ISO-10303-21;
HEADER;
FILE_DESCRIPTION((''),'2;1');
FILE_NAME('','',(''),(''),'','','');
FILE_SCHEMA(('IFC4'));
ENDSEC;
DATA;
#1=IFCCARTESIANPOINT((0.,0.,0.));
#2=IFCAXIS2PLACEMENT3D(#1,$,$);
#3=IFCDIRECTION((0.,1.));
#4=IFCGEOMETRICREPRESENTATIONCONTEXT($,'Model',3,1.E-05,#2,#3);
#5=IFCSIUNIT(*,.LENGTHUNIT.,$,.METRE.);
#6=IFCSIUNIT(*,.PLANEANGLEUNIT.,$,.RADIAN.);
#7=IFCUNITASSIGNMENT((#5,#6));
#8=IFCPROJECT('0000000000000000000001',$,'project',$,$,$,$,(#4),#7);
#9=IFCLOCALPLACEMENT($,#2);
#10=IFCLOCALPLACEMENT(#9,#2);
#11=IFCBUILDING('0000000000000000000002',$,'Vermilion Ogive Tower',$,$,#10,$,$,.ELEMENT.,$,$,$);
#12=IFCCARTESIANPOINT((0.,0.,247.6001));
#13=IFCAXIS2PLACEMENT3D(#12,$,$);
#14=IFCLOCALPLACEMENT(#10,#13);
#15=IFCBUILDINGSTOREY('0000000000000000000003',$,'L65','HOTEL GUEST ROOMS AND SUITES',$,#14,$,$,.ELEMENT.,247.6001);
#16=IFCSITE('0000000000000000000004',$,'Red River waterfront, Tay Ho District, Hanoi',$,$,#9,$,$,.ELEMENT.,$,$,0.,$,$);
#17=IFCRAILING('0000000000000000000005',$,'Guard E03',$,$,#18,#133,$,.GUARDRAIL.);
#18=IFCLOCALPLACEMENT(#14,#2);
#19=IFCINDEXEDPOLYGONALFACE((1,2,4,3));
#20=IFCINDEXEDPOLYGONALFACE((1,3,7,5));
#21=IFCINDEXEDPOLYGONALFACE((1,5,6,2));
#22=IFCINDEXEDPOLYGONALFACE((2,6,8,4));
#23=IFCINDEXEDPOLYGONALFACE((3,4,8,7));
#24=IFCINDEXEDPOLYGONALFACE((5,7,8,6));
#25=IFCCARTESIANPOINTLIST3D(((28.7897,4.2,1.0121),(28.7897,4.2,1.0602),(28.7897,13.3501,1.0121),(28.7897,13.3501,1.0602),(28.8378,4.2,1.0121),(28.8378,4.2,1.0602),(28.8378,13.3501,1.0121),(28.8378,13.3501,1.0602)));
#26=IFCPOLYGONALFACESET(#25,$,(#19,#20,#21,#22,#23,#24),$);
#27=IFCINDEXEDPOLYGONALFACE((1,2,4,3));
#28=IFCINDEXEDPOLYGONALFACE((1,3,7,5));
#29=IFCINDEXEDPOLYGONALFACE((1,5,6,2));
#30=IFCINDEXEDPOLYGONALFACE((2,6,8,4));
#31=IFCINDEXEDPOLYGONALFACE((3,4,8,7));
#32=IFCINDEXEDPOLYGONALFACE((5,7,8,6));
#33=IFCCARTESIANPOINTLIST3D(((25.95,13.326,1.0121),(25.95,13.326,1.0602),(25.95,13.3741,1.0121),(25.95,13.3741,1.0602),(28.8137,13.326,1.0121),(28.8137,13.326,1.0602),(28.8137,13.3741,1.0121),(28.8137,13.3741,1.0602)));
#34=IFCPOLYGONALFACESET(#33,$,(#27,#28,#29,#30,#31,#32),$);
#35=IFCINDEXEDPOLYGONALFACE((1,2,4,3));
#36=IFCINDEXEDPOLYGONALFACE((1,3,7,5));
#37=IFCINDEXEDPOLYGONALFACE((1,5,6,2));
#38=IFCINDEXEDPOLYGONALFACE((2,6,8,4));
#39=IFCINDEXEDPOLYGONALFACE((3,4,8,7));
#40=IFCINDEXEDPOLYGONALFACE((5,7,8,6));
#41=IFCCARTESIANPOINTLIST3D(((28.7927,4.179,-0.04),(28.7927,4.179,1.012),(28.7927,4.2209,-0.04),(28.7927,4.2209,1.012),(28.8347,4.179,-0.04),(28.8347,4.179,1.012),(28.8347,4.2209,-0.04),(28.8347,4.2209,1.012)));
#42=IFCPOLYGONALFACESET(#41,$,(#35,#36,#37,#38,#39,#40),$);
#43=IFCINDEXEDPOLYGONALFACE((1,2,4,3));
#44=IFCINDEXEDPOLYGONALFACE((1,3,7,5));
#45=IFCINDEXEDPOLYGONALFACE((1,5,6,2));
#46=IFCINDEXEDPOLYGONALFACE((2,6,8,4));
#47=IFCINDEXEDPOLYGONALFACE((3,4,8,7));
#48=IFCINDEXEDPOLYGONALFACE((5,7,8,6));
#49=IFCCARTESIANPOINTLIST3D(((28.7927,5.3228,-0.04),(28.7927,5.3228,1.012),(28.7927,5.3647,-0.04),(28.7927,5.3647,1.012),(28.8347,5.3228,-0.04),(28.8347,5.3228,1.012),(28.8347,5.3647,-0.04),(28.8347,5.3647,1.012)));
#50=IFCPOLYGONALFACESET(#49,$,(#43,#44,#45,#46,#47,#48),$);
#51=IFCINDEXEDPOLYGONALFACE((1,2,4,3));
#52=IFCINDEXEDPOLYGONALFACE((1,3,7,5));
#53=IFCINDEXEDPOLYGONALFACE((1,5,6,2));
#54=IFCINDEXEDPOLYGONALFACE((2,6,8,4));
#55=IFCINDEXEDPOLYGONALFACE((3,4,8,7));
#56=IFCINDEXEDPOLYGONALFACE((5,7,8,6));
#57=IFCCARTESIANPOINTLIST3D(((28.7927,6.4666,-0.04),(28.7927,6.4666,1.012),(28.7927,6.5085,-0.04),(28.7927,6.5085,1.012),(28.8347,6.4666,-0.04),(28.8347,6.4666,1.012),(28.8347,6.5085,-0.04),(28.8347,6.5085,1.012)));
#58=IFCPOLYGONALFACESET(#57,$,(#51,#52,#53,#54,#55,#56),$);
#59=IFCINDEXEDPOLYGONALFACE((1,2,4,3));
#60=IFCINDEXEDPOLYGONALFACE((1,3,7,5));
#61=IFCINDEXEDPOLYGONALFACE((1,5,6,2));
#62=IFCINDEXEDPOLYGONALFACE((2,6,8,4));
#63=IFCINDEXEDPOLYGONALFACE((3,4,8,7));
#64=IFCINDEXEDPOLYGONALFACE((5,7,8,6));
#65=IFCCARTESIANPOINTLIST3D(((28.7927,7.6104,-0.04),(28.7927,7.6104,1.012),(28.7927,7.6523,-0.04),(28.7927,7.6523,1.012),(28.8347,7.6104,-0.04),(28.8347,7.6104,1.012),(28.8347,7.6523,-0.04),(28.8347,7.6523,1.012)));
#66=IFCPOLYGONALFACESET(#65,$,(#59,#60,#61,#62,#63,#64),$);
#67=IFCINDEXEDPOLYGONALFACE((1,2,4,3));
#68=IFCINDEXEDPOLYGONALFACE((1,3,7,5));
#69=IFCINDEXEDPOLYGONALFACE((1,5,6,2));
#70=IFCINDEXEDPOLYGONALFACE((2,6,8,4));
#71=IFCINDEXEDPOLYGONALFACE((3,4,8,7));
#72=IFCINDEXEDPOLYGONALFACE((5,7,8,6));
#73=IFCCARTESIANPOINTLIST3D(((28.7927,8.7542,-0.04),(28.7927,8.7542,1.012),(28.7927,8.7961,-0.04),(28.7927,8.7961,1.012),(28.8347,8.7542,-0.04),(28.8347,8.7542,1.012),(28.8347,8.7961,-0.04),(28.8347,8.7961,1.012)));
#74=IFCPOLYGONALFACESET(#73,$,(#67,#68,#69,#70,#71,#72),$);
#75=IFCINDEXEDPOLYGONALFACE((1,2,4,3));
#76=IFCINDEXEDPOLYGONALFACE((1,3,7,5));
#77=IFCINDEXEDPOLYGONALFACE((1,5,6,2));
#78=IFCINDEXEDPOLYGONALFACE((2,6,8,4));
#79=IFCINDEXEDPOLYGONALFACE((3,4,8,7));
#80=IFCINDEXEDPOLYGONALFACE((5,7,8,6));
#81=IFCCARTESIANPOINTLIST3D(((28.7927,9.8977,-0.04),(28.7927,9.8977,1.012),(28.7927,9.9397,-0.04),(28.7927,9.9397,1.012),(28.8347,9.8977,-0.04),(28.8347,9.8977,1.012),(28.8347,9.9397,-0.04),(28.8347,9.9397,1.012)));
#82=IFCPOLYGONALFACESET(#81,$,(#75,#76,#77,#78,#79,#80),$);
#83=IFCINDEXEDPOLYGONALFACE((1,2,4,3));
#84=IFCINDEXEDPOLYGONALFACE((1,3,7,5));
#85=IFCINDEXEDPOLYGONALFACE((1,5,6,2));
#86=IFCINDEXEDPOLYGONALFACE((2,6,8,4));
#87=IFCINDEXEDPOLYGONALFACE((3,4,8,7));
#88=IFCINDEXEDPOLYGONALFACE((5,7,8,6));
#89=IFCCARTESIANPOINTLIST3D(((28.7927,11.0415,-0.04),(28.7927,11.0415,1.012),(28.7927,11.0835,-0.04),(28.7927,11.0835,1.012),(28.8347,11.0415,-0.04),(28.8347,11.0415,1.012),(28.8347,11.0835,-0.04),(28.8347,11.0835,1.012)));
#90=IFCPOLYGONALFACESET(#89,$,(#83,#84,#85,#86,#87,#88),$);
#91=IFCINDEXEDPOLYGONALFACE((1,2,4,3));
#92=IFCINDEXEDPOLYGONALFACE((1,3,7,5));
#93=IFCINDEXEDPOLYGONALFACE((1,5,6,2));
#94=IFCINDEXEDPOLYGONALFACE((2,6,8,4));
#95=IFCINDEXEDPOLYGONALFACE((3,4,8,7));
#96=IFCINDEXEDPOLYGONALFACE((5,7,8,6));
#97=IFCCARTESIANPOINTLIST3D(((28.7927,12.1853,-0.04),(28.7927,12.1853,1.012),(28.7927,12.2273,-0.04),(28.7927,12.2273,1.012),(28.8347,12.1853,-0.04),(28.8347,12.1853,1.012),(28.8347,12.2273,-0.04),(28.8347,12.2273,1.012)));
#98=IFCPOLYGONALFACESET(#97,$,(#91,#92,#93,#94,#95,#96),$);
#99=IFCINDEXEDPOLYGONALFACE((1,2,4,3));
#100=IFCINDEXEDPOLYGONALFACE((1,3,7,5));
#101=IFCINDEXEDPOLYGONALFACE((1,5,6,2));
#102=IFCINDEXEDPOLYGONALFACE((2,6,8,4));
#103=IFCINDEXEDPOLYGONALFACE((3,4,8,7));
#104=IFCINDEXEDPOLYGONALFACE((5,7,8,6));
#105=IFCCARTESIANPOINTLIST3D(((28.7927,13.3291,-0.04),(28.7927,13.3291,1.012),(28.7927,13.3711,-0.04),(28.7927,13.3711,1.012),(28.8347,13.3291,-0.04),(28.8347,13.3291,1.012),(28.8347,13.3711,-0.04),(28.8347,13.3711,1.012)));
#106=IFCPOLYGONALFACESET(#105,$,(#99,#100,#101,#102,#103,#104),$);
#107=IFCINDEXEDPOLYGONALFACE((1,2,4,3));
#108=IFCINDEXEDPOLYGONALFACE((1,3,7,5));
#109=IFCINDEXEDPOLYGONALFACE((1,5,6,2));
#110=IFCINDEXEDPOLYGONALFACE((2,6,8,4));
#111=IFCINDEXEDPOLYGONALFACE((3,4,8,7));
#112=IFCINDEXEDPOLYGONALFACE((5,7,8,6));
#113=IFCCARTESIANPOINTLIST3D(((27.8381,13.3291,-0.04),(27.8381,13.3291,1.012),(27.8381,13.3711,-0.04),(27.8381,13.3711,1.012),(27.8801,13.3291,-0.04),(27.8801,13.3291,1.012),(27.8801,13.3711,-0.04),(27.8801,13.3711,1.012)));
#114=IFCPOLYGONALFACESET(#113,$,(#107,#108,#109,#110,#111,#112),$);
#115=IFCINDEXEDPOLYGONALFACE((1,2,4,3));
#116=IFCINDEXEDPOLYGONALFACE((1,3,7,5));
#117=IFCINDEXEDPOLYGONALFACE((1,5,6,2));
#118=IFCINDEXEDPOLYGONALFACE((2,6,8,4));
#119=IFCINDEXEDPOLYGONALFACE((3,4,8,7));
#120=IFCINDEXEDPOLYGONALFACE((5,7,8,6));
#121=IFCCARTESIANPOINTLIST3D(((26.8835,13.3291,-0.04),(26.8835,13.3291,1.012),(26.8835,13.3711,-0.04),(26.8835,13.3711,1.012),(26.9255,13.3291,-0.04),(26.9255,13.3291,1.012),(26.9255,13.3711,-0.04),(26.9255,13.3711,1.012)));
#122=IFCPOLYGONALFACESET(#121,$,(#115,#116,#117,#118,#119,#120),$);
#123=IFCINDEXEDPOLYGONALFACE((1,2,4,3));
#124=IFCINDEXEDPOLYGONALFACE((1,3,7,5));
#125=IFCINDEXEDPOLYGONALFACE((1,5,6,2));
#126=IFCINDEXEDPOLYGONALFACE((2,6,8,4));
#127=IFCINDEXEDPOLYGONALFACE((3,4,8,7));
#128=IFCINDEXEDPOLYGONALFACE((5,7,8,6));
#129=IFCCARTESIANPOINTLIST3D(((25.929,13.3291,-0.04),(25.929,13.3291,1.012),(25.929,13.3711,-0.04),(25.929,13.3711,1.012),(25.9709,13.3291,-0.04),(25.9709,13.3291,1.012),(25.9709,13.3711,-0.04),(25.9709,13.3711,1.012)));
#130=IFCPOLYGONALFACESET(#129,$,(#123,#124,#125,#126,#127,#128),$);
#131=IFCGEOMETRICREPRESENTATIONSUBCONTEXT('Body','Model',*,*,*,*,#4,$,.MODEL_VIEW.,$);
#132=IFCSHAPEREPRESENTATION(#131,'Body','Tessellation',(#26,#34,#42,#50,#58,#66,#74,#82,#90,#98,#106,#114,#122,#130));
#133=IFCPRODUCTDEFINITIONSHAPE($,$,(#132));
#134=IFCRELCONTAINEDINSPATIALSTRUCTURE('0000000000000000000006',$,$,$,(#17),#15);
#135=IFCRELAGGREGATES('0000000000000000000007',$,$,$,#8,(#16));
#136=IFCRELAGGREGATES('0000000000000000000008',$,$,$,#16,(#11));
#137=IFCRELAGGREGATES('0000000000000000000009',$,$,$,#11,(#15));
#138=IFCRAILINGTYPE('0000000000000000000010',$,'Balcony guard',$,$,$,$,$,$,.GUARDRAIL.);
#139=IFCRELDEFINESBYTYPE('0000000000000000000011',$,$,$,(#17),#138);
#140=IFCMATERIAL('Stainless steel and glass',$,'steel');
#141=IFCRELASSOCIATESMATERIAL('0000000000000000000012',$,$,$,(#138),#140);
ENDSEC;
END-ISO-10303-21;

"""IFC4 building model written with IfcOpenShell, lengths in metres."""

from ifc_helpers import new_model, si_unit, direction, frame, origin, origin_2d, place, context, subcontext, project, spatial, rectangle, extrude, material, type_object, element, save


model = new_model("IFC4")

# Units and contexts
model_context = context("Model", 3, precision=1e-05, world=origin(), true_north=direction((0.0, 1.0)))
body_context = subcontext(model_context, "Body", "Model", "MODEL_VIEW")
ifc_project = project(units=[si_unit("LENGTHUNIT", "METRE"), si_unit("PLANEANGLEUNIT", "RADIAN")], contexts=[model_context])

# Site, building, storey
site_placement = place(None, origin())
site = spatial("IfcSite", under=ifc_project, at=site_placement, Name="Red River waterfront, Tay Ho District, Hanoi", CompositionType="ELEMENT", RefElevation=0.0)
building_placement = place(site_placement, origin())
building = spatial("IfcBuilding", under=site, at=building_placement, Name="Vermilion Ogive Tower", CompositionType="ELEMENT")
storey_placement = place(building_placement, frame((0.0, 0.0, 247.6001)))
storey = spatial("IfcBuildingStorey", under=building, at=storey_placement, Name="L65", Description="HOTEL GUEST ROOMS AND SUITES", CompositionType="ELEMENT", Elevation=247.6001)

# Railing
ifc_material_1 = material(Name="Stainless steel and glass", Category="steel")
railing_type_1 = type_object("IfcRailingType", Name="Balcony guard", PredefinedType="GUARDRAIL", material=ifc_material_1)
railing_1_placement = place(storey_placement, frame((28.8137, 4.2, -0.04)))
element("IfcRailing", 1, at=railing_1_placement, inside=storey, type_object=railing_type_1, Name="Guard E03", PredefinedType="GUARDRAIL", context=body_context, shape_type="SweptSolid", body=[
    extrude(rectangle(XDim=0.0481, YDim=0.0481, at=origin_2d()), frame((0.0, 0.0, 1.0762), z_axis=(0.0, 1.0, 0.0), x_axis=(-1.0, 0.0, 0.0)), (0.0, 0.0, 1.0), 9.1501),
    extrude(rectangle(XDim=0.0481, YDim=0.0481, at=origin_2d()), frame((0.0, 9.1501, 1.0762), z_axis=(-1.0, 0.0, 0.0), x_axis=(0.0, -1.0, 0.0)), (0.0, 0.0, 1.0), 2.8638),
    extrude(rectangle(XDim=0.042, YDim=0.042, at=origin_2d()), origin(), (0.0, 0.0, 1.0), 1.052),
    extrude(rectangle(XDim=0.042, YDim=0.042, at=origin_2d()), frame((0.0, 1.1438, 0.0)), (0.0, 0.0, 1.0), 1.052),
    extrude(rectangle(XDim=0.042, YDim=0.042, at=origin_2d()), frame((0.0, 2.2876, 0.0)), (0.0, 0.0, 1.0), 1.052),
    extrude(rectangle(XDim=0.042, YDim=0.042, at=origin_2d()), frame((0.0, 3.4314, 0.0)), (0.0, 0.0, 1.0), 1.052),
    extrude(rectangle(XDim=0.042, YDim=0.042, at=origin_2d()), frame((0.0, 4.5752, 0.0)), (0.0, 0.0, 1.0), 1.052),
    extrude(rectangle(XDim=0.042, YDim=0.042, at=origin_2d()), frame((0.0, 5.7188, 0.0)), (0.0, 0.0, 1.0), 1.052),
    extrude(rectangle(XDim=0.042, YDim=0.042, at=origin_2d()), frame((0.0, 6.8625, 0.0)), (0.0, 0.0, 1.0), 1.052),
    extrude(rectangle(XDim=0.042, YDim=0.042, at=origin_2d()), frame((0.0, 8.0063, 0.0)), (0.0, 0.0, 1.0), 1.052),
    extrude(rectangle(XDim=0.042, YDim=0.042, at=origin_2d()), frame((0.0, 9.1501, 0.0)), (0.0, 0.0, 1.0), 1.052),
    extrude(rectangle(XDim=0.042, YDim=0.042, at=origin_2d()), frame((-0.9546, 9.1501, 0.0)), (0.0, 0.0, 1.0), 1.052),
    extrude(rectangle(XDim=0.042, YDim=0.042, at=origin_2d()), frame((-1.9092, 9.1501, 0.0)), (0.0, 0.0, 1.0), 1.052),
    extrude(rectangle(XDim=0.042, YDim=0.042, at=origin_2d()), frame((-2.8638, 9.1501, 0.0)), (0.0, 0.0, 1.0), 1.052),
])

save(model, "model.ifc")
